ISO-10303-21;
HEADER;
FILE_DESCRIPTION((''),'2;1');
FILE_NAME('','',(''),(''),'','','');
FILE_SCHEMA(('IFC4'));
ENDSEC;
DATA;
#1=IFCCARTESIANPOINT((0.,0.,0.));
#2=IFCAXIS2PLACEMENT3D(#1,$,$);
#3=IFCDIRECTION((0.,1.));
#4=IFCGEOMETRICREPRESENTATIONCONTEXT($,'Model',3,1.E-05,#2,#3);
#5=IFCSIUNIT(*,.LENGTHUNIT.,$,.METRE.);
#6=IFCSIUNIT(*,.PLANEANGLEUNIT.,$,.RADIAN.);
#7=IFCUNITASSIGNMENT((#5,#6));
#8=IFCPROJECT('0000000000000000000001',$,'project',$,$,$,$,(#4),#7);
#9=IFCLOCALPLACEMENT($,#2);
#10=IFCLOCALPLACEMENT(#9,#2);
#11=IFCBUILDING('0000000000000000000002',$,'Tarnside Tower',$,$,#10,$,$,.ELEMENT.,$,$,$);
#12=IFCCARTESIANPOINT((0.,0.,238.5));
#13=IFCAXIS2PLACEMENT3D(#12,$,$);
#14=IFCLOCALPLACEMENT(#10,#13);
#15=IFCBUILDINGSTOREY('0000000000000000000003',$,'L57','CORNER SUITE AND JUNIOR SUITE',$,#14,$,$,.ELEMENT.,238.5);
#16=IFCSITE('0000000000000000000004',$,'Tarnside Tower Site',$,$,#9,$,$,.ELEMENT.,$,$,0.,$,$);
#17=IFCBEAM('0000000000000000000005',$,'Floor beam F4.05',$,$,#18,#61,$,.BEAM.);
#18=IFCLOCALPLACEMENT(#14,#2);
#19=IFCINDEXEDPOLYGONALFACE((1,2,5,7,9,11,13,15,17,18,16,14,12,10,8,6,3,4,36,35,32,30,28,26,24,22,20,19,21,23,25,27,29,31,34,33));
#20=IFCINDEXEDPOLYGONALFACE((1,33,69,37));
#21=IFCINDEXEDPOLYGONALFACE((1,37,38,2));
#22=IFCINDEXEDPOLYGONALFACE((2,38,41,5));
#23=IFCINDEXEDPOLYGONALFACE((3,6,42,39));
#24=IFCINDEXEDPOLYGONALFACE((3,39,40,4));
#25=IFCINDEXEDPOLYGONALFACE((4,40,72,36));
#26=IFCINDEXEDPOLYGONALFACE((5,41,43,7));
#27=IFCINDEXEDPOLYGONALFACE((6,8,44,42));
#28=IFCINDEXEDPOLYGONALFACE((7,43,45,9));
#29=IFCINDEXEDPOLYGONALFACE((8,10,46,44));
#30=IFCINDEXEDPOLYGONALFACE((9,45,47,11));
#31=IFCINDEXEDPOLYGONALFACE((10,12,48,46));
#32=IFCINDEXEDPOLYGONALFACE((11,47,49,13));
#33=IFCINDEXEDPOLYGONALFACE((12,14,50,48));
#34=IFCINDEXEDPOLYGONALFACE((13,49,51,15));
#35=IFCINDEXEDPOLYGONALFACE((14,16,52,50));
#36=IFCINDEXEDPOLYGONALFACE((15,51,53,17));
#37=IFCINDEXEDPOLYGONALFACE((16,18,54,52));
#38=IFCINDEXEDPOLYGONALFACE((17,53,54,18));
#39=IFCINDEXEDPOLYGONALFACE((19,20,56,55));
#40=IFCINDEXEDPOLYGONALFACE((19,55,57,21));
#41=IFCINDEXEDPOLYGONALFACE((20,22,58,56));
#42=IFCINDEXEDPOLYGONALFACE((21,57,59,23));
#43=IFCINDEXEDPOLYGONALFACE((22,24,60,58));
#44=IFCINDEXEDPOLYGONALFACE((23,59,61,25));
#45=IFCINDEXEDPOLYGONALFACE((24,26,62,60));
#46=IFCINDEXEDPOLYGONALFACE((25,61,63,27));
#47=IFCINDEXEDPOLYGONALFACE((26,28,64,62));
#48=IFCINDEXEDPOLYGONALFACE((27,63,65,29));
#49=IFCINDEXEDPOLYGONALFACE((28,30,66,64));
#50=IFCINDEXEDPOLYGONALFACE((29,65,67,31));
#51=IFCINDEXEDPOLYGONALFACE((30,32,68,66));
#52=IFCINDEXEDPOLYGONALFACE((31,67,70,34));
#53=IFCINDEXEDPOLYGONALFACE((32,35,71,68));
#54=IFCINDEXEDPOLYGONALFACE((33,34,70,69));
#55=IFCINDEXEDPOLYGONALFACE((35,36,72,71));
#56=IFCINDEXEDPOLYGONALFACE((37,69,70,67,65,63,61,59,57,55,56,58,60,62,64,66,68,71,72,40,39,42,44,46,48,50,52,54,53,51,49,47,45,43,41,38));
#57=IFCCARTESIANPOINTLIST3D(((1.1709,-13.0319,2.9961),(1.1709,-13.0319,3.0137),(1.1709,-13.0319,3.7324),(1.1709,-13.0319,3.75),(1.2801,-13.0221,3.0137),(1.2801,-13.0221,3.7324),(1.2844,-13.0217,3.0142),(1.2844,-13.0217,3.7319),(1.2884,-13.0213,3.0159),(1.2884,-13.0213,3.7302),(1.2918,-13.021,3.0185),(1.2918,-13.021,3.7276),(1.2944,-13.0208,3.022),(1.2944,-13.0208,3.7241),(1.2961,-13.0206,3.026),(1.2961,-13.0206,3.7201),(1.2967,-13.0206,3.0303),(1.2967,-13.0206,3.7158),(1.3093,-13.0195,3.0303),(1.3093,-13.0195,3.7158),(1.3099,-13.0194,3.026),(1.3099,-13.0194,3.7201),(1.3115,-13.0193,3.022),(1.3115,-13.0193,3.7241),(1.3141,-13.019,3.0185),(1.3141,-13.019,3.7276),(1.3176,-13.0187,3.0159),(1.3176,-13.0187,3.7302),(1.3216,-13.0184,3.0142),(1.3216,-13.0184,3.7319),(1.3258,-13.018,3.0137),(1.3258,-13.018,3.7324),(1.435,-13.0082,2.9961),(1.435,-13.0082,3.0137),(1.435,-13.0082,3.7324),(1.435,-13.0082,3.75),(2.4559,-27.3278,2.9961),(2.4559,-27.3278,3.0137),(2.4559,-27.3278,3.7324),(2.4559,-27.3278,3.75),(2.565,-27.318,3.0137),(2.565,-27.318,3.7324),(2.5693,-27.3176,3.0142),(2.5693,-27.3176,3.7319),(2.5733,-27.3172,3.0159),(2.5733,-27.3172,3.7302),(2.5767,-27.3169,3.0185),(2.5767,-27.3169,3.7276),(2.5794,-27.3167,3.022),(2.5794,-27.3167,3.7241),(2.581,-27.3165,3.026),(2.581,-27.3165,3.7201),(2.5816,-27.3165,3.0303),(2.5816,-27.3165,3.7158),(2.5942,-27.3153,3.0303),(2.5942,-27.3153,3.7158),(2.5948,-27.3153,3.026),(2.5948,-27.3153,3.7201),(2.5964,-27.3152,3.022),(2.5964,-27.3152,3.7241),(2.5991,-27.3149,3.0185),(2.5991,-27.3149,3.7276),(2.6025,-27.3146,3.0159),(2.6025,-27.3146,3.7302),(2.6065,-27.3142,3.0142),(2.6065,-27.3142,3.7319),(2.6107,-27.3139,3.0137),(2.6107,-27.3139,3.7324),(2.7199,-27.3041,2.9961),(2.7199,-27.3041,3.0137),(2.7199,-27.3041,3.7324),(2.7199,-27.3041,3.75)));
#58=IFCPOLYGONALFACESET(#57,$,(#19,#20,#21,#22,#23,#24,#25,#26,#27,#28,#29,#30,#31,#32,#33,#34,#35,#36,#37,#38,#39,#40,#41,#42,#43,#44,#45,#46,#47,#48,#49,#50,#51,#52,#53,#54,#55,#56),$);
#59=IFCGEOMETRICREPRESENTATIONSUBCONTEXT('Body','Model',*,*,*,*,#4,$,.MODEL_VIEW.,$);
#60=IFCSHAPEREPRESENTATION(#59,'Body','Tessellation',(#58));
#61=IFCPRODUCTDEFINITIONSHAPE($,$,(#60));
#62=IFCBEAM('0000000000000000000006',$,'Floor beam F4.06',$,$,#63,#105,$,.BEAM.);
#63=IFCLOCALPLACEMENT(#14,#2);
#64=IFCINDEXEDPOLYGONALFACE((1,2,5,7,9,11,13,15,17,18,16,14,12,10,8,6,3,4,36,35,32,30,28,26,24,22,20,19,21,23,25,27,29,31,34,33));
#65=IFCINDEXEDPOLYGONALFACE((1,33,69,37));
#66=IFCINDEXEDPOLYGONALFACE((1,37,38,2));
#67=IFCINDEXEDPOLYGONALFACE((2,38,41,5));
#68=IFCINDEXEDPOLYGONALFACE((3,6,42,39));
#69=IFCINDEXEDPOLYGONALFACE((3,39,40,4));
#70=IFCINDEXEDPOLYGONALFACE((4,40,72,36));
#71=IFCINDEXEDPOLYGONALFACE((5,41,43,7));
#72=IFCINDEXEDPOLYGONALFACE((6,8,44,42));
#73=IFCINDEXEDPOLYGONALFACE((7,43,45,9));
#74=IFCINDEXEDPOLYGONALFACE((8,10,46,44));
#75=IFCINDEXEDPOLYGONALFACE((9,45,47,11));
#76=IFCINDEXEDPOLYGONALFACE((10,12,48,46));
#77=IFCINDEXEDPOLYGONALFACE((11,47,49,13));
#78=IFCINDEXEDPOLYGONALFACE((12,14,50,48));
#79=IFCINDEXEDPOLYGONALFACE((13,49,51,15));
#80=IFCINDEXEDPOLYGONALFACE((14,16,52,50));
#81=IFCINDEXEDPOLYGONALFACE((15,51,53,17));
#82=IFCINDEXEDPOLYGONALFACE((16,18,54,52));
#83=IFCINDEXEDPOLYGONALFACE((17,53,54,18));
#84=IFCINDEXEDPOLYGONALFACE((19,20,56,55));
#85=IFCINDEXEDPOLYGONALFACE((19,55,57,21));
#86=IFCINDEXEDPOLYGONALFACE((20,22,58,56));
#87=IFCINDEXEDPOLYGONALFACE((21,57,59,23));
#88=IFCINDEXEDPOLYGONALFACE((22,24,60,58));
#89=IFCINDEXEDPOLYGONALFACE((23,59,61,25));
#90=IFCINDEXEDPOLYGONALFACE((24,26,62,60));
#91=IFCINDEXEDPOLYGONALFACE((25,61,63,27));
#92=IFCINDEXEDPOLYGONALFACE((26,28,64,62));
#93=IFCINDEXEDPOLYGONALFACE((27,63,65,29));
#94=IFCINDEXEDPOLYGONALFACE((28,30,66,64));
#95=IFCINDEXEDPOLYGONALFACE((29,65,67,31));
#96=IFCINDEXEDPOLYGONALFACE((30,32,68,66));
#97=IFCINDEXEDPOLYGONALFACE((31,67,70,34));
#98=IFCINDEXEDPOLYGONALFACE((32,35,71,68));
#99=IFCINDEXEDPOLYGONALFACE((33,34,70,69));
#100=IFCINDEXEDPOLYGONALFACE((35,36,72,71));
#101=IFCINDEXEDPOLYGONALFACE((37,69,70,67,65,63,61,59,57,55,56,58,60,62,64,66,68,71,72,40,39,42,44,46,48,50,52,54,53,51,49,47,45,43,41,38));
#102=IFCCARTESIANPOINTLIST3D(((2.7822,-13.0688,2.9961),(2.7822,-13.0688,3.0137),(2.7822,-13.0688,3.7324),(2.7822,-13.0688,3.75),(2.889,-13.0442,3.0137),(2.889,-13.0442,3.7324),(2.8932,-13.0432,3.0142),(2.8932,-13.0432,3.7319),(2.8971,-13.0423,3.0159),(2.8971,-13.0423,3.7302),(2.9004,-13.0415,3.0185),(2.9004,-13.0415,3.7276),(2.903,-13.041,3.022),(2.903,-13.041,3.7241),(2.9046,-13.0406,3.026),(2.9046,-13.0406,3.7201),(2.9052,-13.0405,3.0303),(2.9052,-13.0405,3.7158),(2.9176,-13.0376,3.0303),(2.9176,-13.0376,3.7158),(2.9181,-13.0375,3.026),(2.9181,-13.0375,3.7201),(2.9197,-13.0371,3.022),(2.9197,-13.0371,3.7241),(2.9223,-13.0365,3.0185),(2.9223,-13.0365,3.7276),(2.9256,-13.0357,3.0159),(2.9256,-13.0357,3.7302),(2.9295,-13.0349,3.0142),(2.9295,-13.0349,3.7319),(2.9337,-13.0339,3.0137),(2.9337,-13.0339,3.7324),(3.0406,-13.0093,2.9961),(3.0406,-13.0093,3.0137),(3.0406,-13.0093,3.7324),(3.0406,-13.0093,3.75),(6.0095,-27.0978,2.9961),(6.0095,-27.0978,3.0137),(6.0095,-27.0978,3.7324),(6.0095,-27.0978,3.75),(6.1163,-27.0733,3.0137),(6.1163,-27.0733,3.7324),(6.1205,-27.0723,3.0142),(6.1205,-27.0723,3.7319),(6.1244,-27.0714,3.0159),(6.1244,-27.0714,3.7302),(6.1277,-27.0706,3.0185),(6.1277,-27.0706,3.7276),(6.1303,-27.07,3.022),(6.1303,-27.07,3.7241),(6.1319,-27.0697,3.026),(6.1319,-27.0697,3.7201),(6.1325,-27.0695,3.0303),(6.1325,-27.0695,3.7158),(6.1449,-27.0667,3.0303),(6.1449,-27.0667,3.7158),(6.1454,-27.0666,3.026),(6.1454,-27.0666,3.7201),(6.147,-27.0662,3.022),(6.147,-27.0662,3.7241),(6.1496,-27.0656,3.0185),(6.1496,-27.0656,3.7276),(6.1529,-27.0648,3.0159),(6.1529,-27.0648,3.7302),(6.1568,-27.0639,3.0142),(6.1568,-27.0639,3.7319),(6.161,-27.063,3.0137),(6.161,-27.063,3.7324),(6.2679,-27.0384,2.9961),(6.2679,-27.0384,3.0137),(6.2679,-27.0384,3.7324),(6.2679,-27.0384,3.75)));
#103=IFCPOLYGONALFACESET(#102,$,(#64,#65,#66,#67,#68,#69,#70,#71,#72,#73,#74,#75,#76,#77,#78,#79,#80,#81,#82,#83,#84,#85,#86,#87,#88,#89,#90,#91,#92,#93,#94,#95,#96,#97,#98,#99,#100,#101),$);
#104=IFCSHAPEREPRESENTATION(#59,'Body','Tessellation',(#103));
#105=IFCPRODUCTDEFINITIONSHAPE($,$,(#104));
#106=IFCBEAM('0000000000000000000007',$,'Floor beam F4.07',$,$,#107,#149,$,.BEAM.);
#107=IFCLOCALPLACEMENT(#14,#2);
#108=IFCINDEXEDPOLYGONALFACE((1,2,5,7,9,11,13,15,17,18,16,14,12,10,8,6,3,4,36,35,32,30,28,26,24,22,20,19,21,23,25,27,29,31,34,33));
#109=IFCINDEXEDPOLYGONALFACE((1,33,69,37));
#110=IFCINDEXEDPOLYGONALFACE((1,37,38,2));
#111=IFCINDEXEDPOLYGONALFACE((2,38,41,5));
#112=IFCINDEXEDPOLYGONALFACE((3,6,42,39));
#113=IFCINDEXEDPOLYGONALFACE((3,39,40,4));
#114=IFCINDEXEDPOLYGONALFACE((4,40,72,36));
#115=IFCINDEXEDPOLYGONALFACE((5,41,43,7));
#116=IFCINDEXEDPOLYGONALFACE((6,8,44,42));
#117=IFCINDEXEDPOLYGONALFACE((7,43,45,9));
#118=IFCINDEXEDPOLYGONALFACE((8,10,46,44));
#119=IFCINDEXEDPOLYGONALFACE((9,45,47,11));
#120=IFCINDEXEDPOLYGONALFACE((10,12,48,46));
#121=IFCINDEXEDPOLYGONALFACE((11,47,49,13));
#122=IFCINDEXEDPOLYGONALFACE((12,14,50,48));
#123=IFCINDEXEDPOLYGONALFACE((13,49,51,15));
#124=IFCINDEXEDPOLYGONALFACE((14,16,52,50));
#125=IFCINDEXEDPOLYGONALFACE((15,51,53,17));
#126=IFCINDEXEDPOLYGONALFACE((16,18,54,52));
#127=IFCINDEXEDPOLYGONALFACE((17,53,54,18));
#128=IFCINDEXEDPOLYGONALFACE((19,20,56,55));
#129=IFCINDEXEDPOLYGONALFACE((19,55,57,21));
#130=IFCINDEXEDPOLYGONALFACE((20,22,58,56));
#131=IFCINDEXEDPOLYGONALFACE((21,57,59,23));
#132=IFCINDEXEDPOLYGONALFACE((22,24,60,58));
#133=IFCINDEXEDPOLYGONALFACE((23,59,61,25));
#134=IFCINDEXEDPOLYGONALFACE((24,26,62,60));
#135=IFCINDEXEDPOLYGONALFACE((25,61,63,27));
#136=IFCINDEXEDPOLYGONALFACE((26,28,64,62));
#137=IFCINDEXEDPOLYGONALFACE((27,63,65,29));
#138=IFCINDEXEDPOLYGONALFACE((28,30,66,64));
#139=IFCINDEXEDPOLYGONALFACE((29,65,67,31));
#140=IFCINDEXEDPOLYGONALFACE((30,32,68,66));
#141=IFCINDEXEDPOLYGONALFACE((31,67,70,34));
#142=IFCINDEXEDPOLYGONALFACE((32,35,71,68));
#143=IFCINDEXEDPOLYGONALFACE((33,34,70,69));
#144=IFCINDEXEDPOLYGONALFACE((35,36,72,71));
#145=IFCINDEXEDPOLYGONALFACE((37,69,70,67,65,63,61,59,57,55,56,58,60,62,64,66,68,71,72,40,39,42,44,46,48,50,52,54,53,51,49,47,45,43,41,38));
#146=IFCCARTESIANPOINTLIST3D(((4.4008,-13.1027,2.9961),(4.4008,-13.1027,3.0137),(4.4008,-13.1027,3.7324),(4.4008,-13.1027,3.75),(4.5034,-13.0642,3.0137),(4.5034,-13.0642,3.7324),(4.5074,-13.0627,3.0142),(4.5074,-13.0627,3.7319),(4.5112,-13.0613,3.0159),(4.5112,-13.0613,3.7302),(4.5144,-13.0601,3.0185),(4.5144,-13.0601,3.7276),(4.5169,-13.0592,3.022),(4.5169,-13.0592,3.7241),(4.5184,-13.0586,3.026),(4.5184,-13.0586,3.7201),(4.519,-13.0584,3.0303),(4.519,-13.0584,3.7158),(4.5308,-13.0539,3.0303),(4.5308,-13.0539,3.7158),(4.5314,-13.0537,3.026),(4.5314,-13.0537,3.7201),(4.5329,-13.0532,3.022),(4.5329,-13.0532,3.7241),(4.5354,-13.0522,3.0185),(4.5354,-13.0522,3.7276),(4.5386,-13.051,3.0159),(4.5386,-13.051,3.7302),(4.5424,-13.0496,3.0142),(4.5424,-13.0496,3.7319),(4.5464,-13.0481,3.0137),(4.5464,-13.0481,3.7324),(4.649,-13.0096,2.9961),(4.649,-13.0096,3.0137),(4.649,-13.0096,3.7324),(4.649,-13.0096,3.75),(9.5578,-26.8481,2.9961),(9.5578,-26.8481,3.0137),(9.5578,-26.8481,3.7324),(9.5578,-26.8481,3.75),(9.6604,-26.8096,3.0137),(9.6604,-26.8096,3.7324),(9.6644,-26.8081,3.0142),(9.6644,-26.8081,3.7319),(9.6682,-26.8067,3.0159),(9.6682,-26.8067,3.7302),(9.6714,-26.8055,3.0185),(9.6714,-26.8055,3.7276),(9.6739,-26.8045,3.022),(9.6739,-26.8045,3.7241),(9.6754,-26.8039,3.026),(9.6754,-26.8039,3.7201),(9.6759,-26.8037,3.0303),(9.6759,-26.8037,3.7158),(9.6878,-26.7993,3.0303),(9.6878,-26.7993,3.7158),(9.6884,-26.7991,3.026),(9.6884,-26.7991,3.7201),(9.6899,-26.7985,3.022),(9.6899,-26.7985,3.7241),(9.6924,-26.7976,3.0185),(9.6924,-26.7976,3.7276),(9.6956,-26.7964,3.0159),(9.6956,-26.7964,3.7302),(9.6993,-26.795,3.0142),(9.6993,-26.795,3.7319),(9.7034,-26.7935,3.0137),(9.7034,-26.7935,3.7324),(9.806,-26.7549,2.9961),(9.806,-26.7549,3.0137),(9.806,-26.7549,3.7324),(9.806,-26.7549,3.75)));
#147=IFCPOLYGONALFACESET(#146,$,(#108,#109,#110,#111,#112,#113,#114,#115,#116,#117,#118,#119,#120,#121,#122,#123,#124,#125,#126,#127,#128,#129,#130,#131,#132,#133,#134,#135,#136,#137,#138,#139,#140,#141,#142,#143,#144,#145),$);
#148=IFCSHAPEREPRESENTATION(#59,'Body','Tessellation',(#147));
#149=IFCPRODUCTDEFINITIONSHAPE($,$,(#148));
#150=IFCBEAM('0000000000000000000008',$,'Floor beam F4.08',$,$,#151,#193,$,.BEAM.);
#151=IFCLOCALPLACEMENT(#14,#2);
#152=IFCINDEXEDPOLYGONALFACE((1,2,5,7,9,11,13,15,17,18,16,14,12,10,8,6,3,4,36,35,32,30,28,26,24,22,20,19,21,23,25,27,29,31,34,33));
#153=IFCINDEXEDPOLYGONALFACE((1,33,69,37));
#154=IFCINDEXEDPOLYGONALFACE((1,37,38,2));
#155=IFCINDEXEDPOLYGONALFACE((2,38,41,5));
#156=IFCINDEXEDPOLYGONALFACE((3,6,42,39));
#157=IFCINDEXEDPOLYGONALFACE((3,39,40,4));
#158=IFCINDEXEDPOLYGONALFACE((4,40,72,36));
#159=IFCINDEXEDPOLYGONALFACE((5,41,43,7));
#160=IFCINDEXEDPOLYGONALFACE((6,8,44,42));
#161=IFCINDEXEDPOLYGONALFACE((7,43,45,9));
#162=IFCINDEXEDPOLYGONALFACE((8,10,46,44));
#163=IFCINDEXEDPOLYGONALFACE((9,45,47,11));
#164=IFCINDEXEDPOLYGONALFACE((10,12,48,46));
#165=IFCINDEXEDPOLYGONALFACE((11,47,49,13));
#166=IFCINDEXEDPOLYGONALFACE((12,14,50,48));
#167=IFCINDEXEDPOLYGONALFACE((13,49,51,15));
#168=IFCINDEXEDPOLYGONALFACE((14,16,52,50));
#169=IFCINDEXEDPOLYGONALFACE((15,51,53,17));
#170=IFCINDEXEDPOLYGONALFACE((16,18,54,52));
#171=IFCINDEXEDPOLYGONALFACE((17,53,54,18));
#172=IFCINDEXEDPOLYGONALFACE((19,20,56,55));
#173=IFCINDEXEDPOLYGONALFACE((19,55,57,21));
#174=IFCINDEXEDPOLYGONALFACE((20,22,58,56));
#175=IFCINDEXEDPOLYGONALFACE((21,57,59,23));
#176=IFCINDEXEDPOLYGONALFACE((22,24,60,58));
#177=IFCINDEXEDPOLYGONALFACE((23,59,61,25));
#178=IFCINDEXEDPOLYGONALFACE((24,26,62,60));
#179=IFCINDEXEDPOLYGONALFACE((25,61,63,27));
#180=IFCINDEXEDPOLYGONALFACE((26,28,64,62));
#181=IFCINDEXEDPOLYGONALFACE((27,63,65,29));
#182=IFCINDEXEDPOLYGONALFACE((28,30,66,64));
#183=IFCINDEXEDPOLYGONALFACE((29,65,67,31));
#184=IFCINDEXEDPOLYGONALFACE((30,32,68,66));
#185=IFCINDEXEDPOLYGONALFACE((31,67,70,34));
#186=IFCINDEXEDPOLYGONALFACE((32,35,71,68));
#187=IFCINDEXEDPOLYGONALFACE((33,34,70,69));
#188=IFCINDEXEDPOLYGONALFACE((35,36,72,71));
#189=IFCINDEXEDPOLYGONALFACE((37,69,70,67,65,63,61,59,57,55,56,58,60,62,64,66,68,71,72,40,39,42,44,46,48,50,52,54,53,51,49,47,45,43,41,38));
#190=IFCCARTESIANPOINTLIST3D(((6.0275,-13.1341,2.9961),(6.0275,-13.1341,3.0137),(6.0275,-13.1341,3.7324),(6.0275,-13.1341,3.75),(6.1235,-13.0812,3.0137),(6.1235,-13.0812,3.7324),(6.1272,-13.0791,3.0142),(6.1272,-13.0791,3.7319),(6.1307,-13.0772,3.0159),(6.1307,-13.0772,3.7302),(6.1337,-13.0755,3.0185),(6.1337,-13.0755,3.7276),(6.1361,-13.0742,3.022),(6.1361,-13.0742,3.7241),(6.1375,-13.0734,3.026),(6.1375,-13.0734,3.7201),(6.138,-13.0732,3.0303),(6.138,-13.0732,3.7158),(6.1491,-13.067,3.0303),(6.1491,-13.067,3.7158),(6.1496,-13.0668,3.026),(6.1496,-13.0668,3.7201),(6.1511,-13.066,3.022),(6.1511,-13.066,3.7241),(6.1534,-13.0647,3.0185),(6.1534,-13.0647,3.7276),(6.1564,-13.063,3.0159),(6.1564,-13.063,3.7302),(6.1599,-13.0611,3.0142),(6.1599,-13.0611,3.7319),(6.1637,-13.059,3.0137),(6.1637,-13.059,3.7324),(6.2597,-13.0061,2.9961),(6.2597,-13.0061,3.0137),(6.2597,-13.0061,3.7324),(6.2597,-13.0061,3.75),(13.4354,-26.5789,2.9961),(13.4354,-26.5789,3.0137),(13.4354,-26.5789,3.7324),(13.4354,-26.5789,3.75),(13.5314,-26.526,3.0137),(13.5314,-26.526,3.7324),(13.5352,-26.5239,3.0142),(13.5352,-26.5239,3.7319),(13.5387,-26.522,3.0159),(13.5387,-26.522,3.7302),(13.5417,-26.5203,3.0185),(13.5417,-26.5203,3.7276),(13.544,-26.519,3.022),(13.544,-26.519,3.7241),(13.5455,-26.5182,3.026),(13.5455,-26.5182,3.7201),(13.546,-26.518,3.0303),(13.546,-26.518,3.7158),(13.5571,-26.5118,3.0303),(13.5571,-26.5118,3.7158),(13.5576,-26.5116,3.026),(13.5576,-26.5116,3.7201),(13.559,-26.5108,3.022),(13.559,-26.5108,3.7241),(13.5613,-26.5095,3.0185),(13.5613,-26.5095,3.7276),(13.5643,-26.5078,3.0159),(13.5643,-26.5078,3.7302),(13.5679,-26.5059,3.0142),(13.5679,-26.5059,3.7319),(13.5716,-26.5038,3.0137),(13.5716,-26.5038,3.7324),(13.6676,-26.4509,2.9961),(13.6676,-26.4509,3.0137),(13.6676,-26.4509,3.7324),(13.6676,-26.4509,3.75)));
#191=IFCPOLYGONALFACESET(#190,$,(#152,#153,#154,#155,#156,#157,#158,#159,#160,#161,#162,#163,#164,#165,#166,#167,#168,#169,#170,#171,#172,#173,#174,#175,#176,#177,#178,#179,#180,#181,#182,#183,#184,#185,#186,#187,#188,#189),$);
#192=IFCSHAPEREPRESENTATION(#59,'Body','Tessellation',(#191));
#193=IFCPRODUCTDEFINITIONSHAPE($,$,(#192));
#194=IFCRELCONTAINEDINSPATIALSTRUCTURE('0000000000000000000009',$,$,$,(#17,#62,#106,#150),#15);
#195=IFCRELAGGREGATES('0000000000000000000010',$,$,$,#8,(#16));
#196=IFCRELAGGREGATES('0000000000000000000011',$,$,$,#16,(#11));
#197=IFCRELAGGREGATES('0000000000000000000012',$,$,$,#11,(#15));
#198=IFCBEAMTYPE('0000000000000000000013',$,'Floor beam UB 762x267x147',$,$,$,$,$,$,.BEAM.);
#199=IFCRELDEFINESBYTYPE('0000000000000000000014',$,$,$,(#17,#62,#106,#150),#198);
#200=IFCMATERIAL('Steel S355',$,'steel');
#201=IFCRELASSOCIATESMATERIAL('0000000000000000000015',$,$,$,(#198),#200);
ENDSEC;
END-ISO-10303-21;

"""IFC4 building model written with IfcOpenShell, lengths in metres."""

from ifc_helpers import new_model, si_unit, direction, frame, origin, origin_2d, place, context, subcontext, project, spatial, i_section, extrude, material, material_profile, profile_set, type_object, element, save


model = new_model("IFC4")

# Units and contexts
model_context = context("Model", 3, precision=1e-05, world=origin(), true_north=direction((0.0, 1.0)))
body_context = subcontext(model_context, "Body", "Model", "MODEL_VIEW")
ifc_project = project(units=[si_unit("LENGTHUNIT", "METRE"), si_unit("PLANEANGLEUNIT", "RADIAN")], contexts=[model_context])

# Site, building, storey
site_placement = place(None, origin())
site = spatial("IfcSite", under=ifc_project, at=site_placement, Name="Tarnside Tower Site", CompositionType="ELEMENT", RefElevation=0.0)
building_placement = place(site_placement, origin())
building = spatial("IfcBuilding", under=site, at=building_placement, Name="Tarnside Tower", CompositionType="ELEMENT")
storey_placement = place(building_placement, frame((0.0, 0.0, 238.5)))
storey = spatial("IfcBuildingStorey", under=building, at=storey_placement, Name="L57", Description="CORNER SUITE AND JUNIOR SUITE", CompositionType="ELEMENT", Elevation=238.5)

# Beams
ifc_material_1 = material(Name="Steel S355", Category="steel")
ifc_material_profile = material_profile(ifc_material_1, i_section(OverallWidth=0.2651, OverallDepth=0.7539, WebThickness=0.0127, FlangeThickness=0.0176, FilletRadius=0.0166, at=origin_2d()), Name="UB 762x267x147")
ifc_profile_set = profile_set([ifc_material_profile], Name="Steel S355")
beam_type = type_object("IfcBeamType", Name="Floor beam UB 762x267x147", PredefinedType="BEAM", material=ifc_profile_set)
beam_1_placement = place(storey_placement, frame((2.5879, -27.3159, 3.373), z_axis=(-0.089519, 0.995985, 0.0), x_axis=(-0.995985, -0.089519, 0.0)))
element("IfcBeam", 1, at=beam_1_placement, inside=storey, type_object=beam_type, Name="Floor beam F4.05", PredefinedType="BEAM", context=body_context, shape_type="SweptSolid", body=[
    extrude(i_section(OverallWidth=0.2651, OverallDepth=0.7539, WebThickness=0.0127, FlangeThickness=0.0176, FilletRadius=0.0166, at=origin_2d()), origin(), (0.0, 0.0, 1.0), 14.3535),
])
beam_2_placement = place(storey_placement, frame((6.1387, -27.0681, 3.373), z_axis=(-0.224188, 0.974546, 0.0), x_axis=(-0.974546, -0.224188, 0.0)))
element("IfcBeam", 2, at=beam_2_placement, inside=storey, type_object=beam_type, Name="Floor beam F4.06", PredefinedType="BEAM", context=body_context, shape_type="SweptSolid", body=[
    extrude(i_section(OverallWidth=0.2651, OverallDepth=0.7539, WebThickness=0.0127, FlangeThickness=0.0176, FilletRadius=0.0166, at=origin_2d()), origin(), (0.0, 0.0, 1.0), 14.3955),
])
beam_3_placement = place(storey_placement, frame((9.6819, -26.8015, 3.373), z_axis=(-0.351271, 0.936274, 0.0), x_axis=(-0.936274, -0.351271, 0.0)))
element("IfcBeam", 3, at=beam_3_placement, inside=storey, type_object=beam_type, Name="Floor beam F4.07", PredefinedType="BEAM", context=body_context, shape_type="SweptSolid", body=[
    extrude(i_section(OverallWidth=0.2651, OverallDepth=0.7539, WebThickness=0.0127, FlangeThickness=0.0176, FilletRadius=0.0166, at=origin_2d()), origin(), (0.0, 0.0, 1.0), 14.6809),
])
beam_4_placement = place(storey_placement, frame((13.5515, -26.5149, 3.373), z_axis=(-0.482584, 0.87585, 0.0), x_axis=(-0.87585, -0.482584, 0.0)))
element("IfcBeam", 4, at=beam_4_placement, inside=storey, type_object=beam_type, Name="Floor beam F4.08", PredefinedType="BEAM", context=body_context, shape_type="SweptSolid", body=[
    extrude(i_section(OverallWidth=0.2651, OverallDepth=0.7539, WebThickness=0.0127, FlangeThickness=0.0176, FilletRadius=0.0166, at=origin_2d()), origin(), (0.0, 0.0, 1.0), 15.3506),
])

save(model, "model.ifc")
